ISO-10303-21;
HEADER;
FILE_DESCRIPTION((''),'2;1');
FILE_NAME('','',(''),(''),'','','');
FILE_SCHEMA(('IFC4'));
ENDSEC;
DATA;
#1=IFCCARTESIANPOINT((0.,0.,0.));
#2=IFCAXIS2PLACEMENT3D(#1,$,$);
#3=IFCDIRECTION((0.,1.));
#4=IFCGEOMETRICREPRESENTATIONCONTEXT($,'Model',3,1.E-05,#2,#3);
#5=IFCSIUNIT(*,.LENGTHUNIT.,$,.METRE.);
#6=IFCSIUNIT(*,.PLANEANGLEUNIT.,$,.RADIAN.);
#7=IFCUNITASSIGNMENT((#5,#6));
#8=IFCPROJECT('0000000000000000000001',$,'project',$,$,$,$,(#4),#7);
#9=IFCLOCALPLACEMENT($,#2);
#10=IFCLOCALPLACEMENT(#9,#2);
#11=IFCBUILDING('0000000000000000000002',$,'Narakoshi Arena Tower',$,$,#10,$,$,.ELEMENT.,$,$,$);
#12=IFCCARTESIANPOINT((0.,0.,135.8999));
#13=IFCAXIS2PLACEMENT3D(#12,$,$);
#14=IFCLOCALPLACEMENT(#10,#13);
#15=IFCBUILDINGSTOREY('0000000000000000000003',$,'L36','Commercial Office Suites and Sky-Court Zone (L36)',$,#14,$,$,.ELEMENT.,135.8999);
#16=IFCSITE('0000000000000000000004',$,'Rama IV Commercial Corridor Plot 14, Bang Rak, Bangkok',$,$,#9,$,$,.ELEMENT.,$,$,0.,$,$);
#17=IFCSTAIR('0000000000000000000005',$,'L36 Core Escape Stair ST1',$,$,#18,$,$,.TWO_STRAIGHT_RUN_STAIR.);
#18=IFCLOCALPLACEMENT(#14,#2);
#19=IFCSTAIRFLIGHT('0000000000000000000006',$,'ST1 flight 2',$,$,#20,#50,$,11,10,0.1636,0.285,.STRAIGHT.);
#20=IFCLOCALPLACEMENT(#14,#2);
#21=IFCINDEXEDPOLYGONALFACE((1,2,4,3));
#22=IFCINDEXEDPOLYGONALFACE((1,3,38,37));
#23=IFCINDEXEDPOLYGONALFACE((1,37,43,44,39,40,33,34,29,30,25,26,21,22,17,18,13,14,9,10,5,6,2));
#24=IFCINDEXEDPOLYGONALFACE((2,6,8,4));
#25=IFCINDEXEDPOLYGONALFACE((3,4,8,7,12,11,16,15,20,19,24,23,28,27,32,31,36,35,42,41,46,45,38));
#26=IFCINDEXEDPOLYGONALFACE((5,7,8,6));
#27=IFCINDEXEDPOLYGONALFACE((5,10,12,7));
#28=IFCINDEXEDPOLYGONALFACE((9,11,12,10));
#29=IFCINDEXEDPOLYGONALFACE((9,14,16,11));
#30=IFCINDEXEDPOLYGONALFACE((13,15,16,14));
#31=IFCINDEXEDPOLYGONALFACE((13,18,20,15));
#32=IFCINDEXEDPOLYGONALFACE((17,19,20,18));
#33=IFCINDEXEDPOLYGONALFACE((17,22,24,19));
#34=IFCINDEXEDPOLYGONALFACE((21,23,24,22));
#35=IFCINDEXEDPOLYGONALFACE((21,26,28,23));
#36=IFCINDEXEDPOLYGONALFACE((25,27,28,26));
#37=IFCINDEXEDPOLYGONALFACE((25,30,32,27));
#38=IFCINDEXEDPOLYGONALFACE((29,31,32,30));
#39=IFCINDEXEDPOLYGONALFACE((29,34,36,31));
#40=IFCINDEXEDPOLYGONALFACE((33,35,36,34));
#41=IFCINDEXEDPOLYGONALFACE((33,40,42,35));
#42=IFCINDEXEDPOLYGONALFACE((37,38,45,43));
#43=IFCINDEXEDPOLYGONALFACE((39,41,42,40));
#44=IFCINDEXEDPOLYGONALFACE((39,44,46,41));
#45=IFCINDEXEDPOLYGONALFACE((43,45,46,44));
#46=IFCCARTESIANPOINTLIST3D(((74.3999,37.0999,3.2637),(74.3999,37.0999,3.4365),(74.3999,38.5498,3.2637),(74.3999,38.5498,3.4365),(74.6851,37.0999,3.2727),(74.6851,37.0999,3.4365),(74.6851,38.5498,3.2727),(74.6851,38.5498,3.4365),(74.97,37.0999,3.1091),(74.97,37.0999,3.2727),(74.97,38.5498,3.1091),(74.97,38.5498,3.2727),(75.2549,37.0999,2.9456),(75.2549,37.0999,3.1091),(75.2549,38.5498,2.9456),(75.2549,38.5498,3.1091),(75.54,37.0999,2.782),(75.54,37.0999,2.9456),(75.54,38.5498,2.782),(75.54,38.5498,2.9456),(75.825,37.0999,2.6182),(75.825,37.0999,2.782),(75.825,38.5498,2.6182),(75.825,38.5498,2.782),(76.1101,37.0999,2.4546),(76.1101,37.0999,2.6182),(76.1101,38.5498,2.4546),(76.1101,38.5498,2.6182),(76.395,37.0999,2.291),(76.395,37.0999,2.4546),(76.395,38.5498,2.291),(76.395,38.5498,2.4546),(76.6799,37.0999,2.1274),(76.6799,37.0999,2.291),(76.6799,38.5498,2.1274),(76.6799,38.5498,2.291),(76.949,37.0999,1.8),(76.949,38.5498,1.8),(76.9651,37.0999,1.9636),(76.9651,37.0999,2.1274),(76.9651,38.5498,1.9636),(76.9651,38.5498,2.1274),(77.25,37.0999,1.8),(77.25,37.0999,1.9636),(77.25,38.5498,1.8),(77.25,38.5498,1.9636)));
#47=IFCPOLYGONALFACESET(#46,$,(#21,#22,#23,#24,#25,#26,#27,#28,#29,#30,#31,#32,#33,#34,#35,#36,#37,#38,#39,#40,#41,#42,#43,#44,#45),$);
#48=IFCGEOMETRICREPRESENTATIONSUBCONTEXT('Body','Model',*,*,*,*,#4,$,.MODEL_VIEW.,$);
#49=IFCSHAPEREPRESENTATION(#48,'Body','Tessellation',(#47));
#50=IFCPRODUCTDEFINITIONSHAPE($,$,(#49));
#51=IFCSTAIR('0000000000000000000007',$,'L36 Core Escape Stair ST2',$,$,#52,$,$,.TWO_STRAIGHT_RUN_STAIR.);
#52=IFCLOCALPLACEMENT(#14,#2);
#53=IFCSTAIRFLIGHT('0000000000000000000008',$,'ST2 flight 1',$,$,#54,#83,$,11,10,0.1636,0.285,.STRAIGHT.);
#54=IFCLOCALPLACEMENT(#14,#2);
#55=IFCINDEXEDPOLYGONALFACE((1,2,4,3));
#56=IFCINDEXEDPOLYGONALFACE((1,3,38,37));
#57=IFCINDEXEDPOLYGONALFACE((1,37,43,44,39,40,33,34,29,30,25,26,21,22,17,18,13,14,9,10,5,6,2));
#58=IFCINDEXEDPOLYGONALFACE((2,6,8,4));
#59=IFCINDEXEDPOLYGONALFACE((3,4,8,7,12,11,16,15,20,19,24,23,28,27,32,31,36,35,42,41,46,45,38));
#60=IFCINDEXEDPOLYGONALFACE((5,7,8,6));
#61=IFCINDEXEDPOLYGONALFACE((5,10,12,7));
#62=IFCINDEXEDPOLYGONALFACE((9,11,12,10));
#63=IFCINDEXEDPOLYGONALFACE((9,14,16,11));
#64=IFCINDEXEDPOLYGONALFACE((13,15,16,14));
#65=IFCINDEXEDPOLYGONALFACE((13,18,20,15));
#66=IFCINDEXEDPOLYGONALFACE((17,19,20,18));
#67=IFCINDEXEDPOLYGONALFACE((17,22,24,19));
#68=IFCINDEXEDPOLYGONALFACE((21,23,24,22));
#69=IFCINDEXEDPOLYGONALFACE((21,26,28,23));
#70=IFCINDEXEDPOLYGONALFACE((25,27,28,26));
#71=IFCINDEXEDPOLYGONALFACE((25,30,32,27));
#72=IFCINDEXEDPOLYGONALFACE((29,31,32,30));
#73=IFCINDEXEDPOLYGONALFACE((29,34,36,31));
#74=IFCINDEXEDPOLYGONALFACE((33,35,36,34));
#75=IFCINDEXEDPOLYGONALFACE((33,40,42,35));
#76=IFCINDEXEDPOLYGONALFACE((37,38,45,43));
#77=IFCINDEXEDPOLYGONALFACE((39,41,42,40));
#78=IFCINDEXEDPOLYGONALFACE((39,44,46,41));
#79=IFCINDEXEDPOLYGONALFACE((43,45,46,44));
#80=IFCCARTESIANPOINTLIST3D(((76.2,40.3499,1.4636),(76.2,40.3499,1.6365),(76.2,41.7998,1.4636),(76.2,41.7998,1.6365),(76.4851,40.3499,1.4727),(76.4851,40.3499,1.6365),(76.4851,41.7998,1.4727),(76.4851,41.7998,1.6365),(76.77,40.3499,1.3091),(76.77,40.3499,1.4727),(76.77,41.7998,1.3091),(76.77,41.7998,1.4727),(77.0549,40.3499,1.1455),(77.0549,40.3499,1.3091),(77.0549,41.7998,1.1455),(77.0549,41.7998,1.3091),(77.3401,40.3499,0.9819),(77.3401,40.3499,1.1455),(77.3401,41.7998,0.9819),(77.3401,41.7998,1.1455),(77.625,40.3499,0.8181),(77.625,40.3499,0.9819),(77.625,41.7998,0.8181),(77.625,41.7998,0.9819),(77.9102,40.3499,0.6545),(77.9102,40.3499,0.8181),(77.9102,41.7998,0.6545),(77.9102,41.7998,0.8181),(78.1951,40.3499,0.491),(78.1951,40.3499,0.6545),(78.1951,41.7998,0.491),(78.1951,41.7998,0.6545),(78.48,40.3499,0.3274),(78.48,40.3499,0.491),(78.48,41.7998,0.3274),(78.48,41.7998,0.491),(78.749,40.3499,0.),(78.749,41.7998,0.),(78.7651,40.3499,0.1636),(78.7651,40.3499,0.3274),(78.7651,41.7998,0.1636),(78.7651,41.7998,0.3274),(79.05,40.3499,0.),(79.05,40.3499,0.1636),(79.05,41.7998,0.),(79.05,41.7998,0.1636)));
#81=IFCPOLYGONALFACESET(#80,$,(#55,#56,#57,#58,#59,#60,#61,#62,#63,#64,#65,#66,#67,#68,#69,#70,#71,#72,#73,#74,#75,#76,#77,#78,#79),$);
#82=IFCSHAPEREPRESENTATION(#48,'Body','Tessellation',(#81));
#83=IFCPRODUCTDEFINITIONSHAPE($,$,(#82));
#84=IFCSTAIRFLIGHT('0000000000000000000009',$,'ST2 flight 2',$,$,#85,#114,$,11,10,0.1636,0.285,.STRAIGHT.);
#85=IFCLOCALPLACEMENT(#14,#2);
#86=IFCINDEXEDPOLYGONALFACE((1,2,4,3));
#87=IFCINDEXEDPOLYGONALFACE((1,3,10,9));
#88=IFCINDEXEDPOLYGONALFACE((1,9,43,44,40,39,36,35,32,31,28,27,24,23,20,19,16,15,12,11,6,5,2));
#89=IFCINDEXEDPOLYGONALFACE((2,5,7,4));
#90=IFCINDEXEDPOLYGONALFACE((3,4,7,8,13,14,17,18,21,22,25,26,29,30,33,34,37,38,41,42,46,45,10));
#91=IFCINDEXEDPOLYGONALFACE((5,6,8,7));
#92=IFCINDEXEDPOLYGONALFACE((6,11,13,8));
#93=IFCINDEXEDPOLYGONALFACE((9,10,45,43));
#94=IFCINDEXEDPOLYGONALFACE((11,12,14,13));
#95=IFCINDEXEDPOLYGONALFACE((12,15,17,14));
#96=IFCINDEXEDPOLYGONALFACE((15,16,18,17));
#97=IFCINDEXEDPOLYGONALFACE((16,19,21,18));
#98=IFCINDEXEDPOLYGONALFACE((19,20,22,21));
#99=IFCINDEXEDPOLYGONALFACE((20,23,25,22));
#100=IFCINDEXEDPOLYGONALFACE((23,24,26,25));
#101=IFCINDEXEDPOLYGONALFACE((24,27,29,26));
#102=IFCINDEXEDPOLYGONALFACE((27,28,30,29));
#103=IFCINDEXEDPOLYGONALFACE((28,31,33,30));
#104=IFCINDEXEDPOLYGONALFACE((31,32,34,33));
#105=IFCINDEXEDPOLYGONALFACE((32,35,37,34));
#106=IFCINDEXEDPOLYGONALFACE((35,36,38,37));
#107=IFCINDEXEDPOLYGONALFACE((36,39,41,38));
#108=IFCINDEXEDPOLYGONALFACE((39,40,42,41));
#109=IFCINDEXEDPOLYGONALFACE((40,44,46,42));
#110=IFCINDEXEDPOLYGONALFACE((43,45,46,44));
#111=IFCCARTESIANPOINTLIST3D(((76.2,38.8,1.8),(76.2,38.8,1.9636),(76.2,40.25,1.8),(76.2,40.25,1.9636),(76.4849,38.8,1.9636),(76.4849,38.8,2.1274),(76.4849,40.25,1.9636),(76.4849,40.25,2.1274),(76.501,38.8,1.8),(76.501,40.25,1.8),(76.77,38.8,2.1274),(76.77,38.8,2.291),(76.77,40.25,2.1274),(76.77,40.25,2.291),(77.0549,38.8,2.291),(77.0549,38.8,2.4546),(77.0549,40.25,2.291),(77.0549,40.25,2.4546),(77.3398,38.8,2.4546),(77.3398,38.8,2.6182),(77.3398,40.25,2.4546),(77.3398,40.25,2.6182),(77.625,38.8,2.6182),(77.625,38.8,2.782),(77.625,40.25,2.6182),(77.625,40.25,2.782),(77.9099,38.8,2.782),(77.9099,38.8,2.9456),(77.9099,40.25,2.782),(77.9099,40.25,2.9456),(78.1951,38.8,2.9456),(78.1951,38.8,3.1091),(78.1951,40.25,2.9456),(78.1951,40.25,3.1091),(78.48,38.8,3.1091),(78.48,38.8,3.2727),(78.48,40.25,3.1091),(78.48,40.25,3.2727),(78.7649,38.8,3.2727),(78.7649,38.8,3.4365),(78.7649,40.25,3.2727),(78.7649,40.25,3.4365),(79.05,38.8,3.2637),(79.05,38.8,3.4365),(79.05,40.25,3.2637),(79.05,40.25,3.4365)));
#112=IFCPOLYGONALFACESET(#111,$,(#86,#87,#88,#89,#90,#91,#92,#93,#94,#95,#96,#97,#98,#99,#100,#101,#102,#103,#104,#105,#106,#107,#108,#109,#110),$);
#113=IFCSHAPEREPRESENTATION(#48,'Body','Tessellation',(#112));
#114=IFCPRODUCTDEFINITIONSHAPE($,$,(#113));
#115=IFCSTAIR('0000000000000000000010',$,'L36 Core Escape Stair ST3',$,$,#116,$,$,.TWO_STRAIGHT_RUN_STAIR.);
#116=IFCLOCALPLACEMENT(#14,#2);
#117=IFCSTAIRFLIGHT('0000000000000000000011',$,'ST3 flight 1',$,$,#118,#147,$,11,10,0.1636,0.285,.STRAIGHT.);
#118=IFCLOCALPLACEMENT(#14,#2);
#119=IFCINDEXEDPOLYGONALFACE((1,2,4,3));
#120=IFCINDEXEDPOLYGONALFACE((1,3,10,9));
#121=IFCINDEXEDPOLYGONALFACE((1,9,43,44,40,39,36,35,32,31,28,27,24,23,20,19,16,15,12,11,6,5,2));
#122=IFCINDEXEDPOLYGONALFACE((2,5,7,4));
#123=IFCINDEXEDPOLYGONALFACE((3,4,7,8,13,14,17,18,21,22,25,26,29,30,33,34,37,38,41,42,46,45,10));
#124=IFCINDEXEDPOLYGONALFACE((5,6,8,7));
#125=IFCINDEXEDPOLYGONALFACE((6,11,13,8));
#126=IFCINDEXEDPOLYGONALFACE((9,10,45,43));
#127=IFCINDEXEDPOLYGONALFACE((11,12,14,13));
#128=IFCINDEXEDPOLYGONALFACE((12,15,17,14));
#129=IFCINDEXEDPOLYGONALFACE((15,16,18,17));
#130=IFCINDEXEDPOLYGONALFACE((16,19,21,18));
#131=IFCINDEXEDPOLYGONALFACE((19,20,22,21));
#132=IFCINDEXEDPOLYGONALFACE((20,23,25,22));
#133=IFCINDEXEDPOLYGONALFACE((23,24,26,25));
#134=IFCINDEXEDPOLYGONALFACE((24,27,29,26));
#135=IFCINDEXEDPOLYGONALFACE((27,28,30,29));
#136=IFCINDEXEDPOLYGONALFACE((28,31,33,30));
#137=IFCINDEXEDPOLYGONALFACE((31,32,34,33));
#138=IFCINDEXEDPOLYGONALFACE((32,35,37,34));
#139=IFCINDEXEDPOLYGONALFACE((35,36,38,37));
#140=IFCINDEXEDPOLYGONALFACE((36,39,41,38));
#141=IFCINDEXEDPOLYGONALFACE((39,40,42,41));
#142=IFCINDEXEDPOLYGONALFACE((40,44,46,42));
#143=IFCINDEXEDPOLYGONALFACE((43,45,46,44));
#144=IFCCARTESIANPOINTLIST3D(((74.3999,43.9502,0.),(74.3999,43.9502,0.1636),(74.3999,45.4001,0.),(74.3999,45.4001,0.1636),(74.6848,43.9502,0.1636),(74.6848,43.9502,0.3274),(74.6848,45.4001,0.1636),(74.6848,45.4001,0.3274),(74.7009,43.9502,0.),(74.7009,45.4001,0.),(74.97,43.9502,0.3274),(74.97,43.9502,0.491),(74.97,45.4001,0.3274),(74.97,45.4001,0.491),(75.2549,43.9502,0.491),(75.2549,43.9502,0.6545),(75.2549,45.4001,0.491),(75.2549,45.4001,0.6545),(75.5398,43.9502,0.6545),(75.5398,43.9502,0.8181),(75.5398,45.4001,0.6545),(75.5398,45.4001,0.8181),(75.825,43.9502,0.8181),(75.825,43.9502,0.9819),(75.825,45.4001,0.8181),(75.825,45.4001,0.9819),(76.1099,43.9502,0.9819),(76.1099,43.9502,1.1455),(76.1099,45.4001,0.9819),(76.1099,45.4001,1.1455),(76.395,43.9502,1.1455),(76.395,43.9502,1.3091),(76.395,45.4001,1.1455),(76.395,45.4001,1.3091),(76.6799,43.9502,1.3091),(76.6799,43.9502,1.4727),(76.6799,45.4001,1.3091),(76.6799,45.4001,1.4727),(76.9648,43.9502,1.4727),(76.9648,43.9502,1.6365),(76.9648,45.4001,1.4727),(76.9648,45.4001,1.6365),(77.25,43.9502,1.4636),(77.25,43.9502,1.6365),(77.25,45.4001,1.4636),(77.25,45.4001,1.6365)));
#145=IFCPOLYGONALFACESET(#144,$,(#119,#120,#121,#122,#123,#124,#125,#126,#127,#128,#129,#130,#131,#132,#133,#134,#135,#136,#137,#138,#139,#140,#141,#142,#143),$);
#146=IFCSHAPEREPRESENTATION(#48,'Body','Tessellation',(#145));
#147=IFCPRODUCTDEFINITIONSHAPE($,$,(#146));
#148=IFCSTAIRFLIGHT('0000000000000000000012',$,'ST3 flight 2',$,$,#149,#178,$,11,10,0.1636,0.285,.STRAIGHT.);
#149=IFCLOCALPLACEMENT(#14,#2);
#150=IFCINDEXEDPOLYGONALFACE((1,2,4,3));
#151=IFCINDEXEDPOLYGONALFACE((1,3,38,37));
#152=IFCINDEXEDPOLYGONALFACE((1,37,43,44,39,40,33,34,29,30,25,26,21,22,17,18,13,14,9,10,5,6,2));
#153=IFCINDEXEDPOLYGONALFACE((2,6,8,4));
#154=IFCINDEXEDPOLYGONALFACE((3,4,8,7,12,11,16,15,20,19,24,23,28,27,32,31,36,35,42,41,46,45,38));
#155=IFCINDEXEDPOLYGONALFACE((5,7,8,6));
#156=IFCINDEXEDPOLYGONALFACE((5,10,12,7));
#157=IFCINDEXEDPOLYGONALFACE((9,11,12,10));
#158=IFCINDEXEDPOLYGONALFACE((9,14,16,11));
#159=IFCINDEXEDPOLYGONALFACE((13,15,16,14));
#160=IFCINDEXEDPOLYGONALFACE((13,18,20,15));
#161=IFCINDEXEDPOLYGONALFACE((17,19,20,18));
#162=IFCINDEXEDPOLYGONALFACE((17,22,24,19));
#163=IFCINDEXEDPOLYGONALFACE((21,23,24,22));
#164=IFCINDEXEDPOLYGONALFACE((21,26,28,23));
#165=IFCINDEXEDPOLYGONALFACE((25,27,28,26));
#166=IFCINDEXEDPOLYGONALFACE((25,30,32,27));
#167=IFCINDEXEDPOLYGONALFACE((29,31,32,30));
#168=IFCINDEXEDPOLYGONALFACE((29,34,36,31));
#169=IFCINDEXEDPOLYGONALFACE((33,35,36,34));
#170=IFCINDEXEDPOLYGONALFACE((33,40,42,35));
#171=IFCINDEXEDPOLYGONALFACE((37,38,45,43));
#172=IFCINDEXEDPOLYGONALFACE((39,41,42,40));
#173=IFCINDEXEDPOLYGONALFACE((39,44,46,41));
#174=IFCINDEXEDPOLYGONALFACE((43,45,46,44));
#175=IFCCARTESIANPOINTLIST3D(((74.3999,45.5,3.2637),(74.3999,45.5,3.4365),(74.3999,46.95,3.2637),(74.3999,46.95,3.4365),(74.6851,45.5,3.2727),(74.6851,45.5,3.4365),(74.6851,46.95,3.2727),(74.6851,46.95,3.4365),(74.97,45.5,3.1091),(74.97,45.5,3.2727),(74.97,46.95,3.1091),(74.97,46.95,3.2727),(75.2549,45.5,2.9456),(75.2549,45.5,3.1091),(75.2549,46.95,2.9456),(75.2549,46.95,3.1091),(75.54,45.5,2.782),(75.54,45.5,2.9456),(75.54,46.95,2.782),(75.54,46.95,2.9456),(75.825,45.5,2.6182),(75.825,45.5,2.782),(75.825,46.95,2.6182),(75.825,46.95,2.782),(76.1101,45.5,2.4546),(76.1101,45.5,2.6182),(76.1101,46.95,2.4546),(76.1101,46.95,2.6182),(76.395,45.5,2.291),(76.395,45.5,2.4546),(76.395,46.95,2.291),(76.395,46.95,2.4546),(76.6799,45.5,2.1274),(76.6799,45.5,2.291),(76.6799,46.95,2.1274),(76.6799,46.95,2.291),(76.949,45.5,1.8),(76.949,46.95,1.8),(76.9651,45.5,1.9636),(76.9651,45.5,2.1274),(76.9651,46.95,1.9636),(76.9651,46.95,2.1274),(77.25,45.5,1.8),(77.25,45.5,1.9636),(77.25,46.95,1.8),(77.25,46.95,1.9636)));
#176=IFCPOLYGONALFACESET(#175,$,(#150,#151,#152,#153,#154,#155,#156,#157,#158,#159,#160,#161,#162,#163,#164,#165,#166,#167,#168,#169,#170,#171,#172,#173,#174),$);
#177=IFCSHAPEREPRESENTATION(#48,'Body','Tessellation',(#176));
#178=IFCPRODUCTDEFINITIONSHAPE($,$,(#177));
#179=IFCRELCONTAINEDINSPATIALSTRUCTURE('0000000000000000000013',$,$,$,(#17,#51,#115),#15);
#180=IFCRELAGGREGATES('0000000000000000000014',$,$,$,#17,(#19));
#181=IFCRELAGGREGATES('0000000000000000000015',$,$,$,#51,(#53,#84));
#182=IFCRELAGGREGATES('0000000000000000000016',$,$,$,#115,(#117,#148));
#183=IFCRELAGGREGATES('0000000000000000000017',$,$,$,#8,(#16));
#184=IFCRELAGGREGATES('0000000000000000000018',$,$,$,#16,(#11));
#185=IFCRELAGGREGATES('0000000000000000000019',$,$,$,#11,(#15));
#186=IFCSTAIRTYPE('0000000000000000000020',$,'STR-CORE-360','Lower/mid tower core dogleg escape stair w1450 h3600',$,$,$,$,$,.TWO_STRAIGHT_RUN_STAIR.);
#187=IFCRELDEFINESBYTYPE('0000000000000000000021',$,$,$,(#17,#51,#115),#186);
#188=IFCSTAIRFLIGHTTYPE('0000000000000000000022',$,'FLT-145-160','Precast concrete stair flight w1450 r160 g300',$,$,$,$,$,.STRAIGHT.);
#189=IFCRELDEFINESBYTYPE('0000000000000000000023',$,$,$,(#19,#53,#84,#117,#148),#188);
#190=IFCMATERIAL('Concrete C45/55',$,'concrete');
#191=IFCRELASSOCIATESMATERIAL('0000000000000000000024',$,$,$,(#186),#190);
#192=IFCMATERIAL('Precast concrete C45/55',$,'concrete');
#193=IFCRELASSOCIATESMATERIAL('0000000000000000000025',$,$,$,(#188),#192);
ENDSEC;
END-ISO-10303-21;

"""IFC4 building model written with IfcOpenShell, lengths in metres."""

from ifc_helpers import new_model, si_unit, direction, frame, origin, place, context, subcontext, project, spatial, polyline, outline, extrude, material, type_object, element, aggregate, save


model = new_model("IFC4")

# Units and contexts
model_context = context("Model", 3, precision=1e-05, world=origin(), true_north=direction((0.0, 1.0)))
body_context = subcontext(model_context, "Body", "Model", "MODEL_VIEW")
ifc_project = project(units=[si_unit("LENGTHUNIT", "METRE"), si_unit("PLANEANGLEUNIT", "RADIAN")], contexts=[model_context])

# Site, building, storey
site_placement = place(None, origin())
site = spatial("IfcSite", under=ifc_project, at=site_placement, Name="Rama IV Commercial Corridor Plot 14, Bang Rak, Bangkok", CompositionType="ELEMENT", RefElevation=0.0)
building_placement = place(site_placement, origin())
building = spatial("IfcBuilding", under=site, at=building_placement, Name="Narakoshi Arena Tower", CompositionType="ELEMENT")
storey_placement = place(building_placement, frame((0.0, 0.0, 135.8999)))
storey = spatial("IfcBuildingStorey", under=building, at=storey_placement, Name="L36", Description="Commercial Office Suites and Sky-Court Zone (L36)", CompositionType="ELEMENT", Elevation=135.8999)

# Stairs, stair flights
ifc_material_1 = material(Name="Concrete C45/55", Category="concrete")
stair_type = type_object("IfcStairType", Name="STR-CORE-360", Description="Lower/mid tower core dogleg escape stair w1450 h3600", PredefinedType="TWO_STRAIGHT_RUN_STAIR", material=ifc_material_1)
stair_1_placement = place(storey_placement, origin())
stair_1 = element("IfcStair", 1, at=stair_1_placement, inside=storey, type_object=stair_type, Name="L36 Core Escape Stair ST1", PredefinedType="TWO_STRAIGHT_RUN_STAIR")
ifc_material_2 = material(Name="Precast concrete C45/55", Category="concrete")
stair_flight_type = type_object("IfcStairFlightType", Name="FLT-145-160", Description="Precast concrete stair flight w1450 r160 g300", PredefinedType="STRAIGHT", material=ifc_material_2)
stair_flight_1_placement = place(storey_placement, frame((77.25, 37.825, 1.8), z_axis=(0.0, 0.0, 1.0), x_axis=(-1.0, 0.0, 0.0)))
stair_flight_1 = element("IfcStairFlight", 2, at=stair_flight_1_placement, type_object=stair_flight_type, Name="ST1 flight 2", NumberOfRisers=11, NumberOfTreads=10, PredefinedType="STRAIGHT", RiserHeight=0.1636, TreadLength=0.285, context=body_context, shape_type="SweptSolid", body=[
    extrude(outline(polyline([(0.0, 0.0), (0.0, 0.1636), (0.2849, 0.1636), (0.2849, 0.3274), (0.5701, 0.3274), (0.5701, 0.491), (0.855, 0.491), (0.855, 0.6545), (1.1399, 0.6545), (1.1399, 0.8181), (1.425, 0.8181), (1.425, 0.9819), (1.71, 0.9819), (1.71, 1.1455), (1.9951, 1.1455), (1.9951, 1.3091), (2.28, 1.3091), (2.28, 1.4727), (2.5649, 1.4727), (2.5649, 1.6365), (2.8501, 1.6365), (2.8501, 1.8), (2.8501, 1.4636), (0.301, 0.0), (0.0, 0.0)])), frame((0.0, 0.7251, 0.0), z_axis=(0.0, -1.0, 0.0), x_axis=(1.0, 0.0, 0.0)), (0.0, 0.0, 1.0), 1.45),
])
aggregate(stair_1, [stair_flight_1])
stair_2_placement = place(storey_placement, origin())
stair_2 = element("IfcStair", 3, at=stair_2_placement, inside=storey, type_object=stair_type, Name="L36 Core Escape Stair ST2", PredefinedType="TWO_STRAIGHT_RUN_STAIR")
stair_flight_2_placement = place(storey_placement, frame((79.05, 41.075, 0.0), z_axis=(0.0, 0.0, 1.0), x_axis=(-1.0, 0.0, 0.0)))
stair_flight_2 = element("IfcStairFlight", 4, at=stair_flight_2_placement, type_object=stair_flight_type, Name="ST2 flight 1", NumberOfRisers=11, NumberOfTreads=10, PredefinedType="STRAIGHT", RiserHeight=0.1636, TreadLength=0.285, context=body_context, shape_type="SweptSolid", body=[
    extrude(outline(polyline([(0.0, 0.0), (0.0, 0.1636), (0.2849, 0.1636), (0.2849, 0.3274), (0.5701, 0.3274), (0.5701, 0.491), (0.855, 0.491), (0.855, 0.6545), (1.1399, 0.6545), (1.1399, 0.8181), (1.425, 0.8181), (1.425, 0.9819), (1.71, 0.9819), (1.71, 1.1455), (1.9951, 1.1455), (1.9951, 1.3091), (2.28, 1.3091), (2.28, 1.4727), (2.5649, 1.4727), (2.5649, 1.6365), (2.8501, 1.6365), (2.8501, 1.8), (2.8501, 1.4636), (0.301, 0.0), (0.0, 0.0)])), frame((0.0, 0.7251, 0.0), z_axis=(0.0, -1.0, 0.0), x_axis=(1.0, 0.0, 0.0)), (0.0, 0.0, 1.0), 1.45),
])
stair_flight_3_placement = place(storey_placement, frame((76.2, 39.5249, 1.8), z_axis=(0.0, 0.0, 1.0), x_axis=(1.0, 0.0, 0.0)))
stair_flight_3 = element("IfcStairFlight", 5, at=stair_flight_3_placement, type_object=stair_flight_type, Name="ST2 flight 2", NumberOfRisers=11, NumberOfTreads=10, PredefinedType="STRAIGHT", RiserHeight=0.1636, TreadLength=0.285, context=body_context, shape_type="SweptSolid", body=[
    extrude(outline(polyline([(0.0, 0.0), (0.0, 0.1636), (0.2849, 0.1636), (0.2849, 0.3274), (0.5701, 0.3274), (0.5701, 0.491), (0.855, 0.491), (0.855, 0.6545), (1.1399, 0.6545), (1.1399, 0.8181), (1.425, 0.8181), (1.425, 0.9819), (1.71, 0.9819), (1.71, 1.1455), (1.9951, 1.1455), (1.9951, 1.3091), (2.28, 1.3091), (2.28, 1.4727), (2.5649, 1.4727), (2.5649, 1.6365), (2.8501, 1.6365), (2.8501, 1.8), (2.8501, 1.4636), (0.301, 0.0), (0.0, 0.0)])), frame((0.0, 0.7251, 0.0), z_axis=(0.0, -1.0, 0.0), x_axis=(1.0, 0.0, 0.0)), (0.0, 0.0, 1.0), 1.45),
])
aggregate(stair_2, [stair_flight_2, stair_flight_3])
stair_3_placement = place(storey_placement, origin())
stair_3 = element("IfcStair", 6, at=stair_3_placement, inside=storey, type_object=stair_type, Name="L36 Core Escape Stair ST3", PredefinedType="TWO_STRAIGHT_RUN_STAIR")
stair_flight_4_placement = place(storey_placement, frame((74.3999, 44.675, 0.0), z_axis=(0.0, 0.0, 1.0), x_axis=(1.0, 0.0, 0.0)))
stair_flight_4 = element("IfcStairFlight", 7, at=stair_flight_4_placement, type_object=stair_flight_type, Name="ST3 flight 1", NumberOfRisers=11, NumberOfTreads=10, PredefinedType="STRAIGHT", RiserHeight=0.1636, TreadLength=0.285, context=body_context, shape_type="SweptSolid", body=[
    extrude(outline(polyline([(0.0, 0.0), (0.0, 0.1636), (0.2849, 0.1636), (0.2849, 0.3274), (0.5701, 0.3274), (0.5701, 0.491), (0.855, 0.491), (0.855, 0.6545), (1.1399, 0.6545), (1.1399, 0.8181), (1.425, 0.8181), (1.425, 0.9819), (1.71, 0.9819), (1.71, 1.1455), (1.9951, 1.1455), (1.9951, 1.3091), (2.28, 1.3091), (2.28, 1.4727), (2.5649, 1.4727), (2.5649, 1.6365), (2.8501, 1.6365), (2.8501, 1.8), (2.8501, 1.4636), (0.301, 0.0), (0.0, 0.0)])), frame((0.0, 0.7251, 0.0), z_axis=(0.0, -1.0, 0.0), x_axis=(1.0, 0.0, 0.0)), (0.0, 0.0, 1.0), 1.45),
])
stair_flight_5_placement = place(storey_placement, frame((77.25, 46.2251, 1.8), z_axis=(0.0, 0.0, 1.0), x_axis=(-1.0, 0.0, 0.0)))
stair_flight_5 = element("IfcStairFlight", 8, at=stair_flight_5_placement, type_object=stair_flight_type, Name="ST3 flight 2", NumberOfRisers=11, NumberOfTreads=10, PredefinedType="STRAIGHT", RiserHeight=0.1636, TreadLength=0.285, context=body_context, shape_type="SweptSolid", body=[
    extrude(outline(polyline([(0.0, 0.0), (0.0, 0.1636), (0.2849, 0.1636), (0.2849, 0.3274), (0.5701, 0.3274), (0.5701, 0.491), (0.855, 0.491), (0.855, 0.6545), (1.1399, 0.6545), (1.1399, 0.8181), (1.425, 0.8181), (1.425, 0.9819), (1.71, 0.9819), (1.71, 1.1455), (1.9951, 1.1455), (1.9951, 1.3091), (2.28, 1.3091), (2.28, 1.4727), (2.5649, 1.4727), (2.5649, 1.6365), (2.8501, 1.6365), (2.8501, 1.8), (2.8501, 1.4636), (0.301, 0.0), (0.0, 0.0)])), frame((0.0, 0.7251, 0.0), z_axis=(0.0, -1.0, 0.0), x_axis=(1.0, 0.0, 0.0)), (0.0, 0.0, 1.0), 1.45),
])
aggregate(stair_3, [stair_flight_4, stair_flight_5])

save(model, "model.ifc")
